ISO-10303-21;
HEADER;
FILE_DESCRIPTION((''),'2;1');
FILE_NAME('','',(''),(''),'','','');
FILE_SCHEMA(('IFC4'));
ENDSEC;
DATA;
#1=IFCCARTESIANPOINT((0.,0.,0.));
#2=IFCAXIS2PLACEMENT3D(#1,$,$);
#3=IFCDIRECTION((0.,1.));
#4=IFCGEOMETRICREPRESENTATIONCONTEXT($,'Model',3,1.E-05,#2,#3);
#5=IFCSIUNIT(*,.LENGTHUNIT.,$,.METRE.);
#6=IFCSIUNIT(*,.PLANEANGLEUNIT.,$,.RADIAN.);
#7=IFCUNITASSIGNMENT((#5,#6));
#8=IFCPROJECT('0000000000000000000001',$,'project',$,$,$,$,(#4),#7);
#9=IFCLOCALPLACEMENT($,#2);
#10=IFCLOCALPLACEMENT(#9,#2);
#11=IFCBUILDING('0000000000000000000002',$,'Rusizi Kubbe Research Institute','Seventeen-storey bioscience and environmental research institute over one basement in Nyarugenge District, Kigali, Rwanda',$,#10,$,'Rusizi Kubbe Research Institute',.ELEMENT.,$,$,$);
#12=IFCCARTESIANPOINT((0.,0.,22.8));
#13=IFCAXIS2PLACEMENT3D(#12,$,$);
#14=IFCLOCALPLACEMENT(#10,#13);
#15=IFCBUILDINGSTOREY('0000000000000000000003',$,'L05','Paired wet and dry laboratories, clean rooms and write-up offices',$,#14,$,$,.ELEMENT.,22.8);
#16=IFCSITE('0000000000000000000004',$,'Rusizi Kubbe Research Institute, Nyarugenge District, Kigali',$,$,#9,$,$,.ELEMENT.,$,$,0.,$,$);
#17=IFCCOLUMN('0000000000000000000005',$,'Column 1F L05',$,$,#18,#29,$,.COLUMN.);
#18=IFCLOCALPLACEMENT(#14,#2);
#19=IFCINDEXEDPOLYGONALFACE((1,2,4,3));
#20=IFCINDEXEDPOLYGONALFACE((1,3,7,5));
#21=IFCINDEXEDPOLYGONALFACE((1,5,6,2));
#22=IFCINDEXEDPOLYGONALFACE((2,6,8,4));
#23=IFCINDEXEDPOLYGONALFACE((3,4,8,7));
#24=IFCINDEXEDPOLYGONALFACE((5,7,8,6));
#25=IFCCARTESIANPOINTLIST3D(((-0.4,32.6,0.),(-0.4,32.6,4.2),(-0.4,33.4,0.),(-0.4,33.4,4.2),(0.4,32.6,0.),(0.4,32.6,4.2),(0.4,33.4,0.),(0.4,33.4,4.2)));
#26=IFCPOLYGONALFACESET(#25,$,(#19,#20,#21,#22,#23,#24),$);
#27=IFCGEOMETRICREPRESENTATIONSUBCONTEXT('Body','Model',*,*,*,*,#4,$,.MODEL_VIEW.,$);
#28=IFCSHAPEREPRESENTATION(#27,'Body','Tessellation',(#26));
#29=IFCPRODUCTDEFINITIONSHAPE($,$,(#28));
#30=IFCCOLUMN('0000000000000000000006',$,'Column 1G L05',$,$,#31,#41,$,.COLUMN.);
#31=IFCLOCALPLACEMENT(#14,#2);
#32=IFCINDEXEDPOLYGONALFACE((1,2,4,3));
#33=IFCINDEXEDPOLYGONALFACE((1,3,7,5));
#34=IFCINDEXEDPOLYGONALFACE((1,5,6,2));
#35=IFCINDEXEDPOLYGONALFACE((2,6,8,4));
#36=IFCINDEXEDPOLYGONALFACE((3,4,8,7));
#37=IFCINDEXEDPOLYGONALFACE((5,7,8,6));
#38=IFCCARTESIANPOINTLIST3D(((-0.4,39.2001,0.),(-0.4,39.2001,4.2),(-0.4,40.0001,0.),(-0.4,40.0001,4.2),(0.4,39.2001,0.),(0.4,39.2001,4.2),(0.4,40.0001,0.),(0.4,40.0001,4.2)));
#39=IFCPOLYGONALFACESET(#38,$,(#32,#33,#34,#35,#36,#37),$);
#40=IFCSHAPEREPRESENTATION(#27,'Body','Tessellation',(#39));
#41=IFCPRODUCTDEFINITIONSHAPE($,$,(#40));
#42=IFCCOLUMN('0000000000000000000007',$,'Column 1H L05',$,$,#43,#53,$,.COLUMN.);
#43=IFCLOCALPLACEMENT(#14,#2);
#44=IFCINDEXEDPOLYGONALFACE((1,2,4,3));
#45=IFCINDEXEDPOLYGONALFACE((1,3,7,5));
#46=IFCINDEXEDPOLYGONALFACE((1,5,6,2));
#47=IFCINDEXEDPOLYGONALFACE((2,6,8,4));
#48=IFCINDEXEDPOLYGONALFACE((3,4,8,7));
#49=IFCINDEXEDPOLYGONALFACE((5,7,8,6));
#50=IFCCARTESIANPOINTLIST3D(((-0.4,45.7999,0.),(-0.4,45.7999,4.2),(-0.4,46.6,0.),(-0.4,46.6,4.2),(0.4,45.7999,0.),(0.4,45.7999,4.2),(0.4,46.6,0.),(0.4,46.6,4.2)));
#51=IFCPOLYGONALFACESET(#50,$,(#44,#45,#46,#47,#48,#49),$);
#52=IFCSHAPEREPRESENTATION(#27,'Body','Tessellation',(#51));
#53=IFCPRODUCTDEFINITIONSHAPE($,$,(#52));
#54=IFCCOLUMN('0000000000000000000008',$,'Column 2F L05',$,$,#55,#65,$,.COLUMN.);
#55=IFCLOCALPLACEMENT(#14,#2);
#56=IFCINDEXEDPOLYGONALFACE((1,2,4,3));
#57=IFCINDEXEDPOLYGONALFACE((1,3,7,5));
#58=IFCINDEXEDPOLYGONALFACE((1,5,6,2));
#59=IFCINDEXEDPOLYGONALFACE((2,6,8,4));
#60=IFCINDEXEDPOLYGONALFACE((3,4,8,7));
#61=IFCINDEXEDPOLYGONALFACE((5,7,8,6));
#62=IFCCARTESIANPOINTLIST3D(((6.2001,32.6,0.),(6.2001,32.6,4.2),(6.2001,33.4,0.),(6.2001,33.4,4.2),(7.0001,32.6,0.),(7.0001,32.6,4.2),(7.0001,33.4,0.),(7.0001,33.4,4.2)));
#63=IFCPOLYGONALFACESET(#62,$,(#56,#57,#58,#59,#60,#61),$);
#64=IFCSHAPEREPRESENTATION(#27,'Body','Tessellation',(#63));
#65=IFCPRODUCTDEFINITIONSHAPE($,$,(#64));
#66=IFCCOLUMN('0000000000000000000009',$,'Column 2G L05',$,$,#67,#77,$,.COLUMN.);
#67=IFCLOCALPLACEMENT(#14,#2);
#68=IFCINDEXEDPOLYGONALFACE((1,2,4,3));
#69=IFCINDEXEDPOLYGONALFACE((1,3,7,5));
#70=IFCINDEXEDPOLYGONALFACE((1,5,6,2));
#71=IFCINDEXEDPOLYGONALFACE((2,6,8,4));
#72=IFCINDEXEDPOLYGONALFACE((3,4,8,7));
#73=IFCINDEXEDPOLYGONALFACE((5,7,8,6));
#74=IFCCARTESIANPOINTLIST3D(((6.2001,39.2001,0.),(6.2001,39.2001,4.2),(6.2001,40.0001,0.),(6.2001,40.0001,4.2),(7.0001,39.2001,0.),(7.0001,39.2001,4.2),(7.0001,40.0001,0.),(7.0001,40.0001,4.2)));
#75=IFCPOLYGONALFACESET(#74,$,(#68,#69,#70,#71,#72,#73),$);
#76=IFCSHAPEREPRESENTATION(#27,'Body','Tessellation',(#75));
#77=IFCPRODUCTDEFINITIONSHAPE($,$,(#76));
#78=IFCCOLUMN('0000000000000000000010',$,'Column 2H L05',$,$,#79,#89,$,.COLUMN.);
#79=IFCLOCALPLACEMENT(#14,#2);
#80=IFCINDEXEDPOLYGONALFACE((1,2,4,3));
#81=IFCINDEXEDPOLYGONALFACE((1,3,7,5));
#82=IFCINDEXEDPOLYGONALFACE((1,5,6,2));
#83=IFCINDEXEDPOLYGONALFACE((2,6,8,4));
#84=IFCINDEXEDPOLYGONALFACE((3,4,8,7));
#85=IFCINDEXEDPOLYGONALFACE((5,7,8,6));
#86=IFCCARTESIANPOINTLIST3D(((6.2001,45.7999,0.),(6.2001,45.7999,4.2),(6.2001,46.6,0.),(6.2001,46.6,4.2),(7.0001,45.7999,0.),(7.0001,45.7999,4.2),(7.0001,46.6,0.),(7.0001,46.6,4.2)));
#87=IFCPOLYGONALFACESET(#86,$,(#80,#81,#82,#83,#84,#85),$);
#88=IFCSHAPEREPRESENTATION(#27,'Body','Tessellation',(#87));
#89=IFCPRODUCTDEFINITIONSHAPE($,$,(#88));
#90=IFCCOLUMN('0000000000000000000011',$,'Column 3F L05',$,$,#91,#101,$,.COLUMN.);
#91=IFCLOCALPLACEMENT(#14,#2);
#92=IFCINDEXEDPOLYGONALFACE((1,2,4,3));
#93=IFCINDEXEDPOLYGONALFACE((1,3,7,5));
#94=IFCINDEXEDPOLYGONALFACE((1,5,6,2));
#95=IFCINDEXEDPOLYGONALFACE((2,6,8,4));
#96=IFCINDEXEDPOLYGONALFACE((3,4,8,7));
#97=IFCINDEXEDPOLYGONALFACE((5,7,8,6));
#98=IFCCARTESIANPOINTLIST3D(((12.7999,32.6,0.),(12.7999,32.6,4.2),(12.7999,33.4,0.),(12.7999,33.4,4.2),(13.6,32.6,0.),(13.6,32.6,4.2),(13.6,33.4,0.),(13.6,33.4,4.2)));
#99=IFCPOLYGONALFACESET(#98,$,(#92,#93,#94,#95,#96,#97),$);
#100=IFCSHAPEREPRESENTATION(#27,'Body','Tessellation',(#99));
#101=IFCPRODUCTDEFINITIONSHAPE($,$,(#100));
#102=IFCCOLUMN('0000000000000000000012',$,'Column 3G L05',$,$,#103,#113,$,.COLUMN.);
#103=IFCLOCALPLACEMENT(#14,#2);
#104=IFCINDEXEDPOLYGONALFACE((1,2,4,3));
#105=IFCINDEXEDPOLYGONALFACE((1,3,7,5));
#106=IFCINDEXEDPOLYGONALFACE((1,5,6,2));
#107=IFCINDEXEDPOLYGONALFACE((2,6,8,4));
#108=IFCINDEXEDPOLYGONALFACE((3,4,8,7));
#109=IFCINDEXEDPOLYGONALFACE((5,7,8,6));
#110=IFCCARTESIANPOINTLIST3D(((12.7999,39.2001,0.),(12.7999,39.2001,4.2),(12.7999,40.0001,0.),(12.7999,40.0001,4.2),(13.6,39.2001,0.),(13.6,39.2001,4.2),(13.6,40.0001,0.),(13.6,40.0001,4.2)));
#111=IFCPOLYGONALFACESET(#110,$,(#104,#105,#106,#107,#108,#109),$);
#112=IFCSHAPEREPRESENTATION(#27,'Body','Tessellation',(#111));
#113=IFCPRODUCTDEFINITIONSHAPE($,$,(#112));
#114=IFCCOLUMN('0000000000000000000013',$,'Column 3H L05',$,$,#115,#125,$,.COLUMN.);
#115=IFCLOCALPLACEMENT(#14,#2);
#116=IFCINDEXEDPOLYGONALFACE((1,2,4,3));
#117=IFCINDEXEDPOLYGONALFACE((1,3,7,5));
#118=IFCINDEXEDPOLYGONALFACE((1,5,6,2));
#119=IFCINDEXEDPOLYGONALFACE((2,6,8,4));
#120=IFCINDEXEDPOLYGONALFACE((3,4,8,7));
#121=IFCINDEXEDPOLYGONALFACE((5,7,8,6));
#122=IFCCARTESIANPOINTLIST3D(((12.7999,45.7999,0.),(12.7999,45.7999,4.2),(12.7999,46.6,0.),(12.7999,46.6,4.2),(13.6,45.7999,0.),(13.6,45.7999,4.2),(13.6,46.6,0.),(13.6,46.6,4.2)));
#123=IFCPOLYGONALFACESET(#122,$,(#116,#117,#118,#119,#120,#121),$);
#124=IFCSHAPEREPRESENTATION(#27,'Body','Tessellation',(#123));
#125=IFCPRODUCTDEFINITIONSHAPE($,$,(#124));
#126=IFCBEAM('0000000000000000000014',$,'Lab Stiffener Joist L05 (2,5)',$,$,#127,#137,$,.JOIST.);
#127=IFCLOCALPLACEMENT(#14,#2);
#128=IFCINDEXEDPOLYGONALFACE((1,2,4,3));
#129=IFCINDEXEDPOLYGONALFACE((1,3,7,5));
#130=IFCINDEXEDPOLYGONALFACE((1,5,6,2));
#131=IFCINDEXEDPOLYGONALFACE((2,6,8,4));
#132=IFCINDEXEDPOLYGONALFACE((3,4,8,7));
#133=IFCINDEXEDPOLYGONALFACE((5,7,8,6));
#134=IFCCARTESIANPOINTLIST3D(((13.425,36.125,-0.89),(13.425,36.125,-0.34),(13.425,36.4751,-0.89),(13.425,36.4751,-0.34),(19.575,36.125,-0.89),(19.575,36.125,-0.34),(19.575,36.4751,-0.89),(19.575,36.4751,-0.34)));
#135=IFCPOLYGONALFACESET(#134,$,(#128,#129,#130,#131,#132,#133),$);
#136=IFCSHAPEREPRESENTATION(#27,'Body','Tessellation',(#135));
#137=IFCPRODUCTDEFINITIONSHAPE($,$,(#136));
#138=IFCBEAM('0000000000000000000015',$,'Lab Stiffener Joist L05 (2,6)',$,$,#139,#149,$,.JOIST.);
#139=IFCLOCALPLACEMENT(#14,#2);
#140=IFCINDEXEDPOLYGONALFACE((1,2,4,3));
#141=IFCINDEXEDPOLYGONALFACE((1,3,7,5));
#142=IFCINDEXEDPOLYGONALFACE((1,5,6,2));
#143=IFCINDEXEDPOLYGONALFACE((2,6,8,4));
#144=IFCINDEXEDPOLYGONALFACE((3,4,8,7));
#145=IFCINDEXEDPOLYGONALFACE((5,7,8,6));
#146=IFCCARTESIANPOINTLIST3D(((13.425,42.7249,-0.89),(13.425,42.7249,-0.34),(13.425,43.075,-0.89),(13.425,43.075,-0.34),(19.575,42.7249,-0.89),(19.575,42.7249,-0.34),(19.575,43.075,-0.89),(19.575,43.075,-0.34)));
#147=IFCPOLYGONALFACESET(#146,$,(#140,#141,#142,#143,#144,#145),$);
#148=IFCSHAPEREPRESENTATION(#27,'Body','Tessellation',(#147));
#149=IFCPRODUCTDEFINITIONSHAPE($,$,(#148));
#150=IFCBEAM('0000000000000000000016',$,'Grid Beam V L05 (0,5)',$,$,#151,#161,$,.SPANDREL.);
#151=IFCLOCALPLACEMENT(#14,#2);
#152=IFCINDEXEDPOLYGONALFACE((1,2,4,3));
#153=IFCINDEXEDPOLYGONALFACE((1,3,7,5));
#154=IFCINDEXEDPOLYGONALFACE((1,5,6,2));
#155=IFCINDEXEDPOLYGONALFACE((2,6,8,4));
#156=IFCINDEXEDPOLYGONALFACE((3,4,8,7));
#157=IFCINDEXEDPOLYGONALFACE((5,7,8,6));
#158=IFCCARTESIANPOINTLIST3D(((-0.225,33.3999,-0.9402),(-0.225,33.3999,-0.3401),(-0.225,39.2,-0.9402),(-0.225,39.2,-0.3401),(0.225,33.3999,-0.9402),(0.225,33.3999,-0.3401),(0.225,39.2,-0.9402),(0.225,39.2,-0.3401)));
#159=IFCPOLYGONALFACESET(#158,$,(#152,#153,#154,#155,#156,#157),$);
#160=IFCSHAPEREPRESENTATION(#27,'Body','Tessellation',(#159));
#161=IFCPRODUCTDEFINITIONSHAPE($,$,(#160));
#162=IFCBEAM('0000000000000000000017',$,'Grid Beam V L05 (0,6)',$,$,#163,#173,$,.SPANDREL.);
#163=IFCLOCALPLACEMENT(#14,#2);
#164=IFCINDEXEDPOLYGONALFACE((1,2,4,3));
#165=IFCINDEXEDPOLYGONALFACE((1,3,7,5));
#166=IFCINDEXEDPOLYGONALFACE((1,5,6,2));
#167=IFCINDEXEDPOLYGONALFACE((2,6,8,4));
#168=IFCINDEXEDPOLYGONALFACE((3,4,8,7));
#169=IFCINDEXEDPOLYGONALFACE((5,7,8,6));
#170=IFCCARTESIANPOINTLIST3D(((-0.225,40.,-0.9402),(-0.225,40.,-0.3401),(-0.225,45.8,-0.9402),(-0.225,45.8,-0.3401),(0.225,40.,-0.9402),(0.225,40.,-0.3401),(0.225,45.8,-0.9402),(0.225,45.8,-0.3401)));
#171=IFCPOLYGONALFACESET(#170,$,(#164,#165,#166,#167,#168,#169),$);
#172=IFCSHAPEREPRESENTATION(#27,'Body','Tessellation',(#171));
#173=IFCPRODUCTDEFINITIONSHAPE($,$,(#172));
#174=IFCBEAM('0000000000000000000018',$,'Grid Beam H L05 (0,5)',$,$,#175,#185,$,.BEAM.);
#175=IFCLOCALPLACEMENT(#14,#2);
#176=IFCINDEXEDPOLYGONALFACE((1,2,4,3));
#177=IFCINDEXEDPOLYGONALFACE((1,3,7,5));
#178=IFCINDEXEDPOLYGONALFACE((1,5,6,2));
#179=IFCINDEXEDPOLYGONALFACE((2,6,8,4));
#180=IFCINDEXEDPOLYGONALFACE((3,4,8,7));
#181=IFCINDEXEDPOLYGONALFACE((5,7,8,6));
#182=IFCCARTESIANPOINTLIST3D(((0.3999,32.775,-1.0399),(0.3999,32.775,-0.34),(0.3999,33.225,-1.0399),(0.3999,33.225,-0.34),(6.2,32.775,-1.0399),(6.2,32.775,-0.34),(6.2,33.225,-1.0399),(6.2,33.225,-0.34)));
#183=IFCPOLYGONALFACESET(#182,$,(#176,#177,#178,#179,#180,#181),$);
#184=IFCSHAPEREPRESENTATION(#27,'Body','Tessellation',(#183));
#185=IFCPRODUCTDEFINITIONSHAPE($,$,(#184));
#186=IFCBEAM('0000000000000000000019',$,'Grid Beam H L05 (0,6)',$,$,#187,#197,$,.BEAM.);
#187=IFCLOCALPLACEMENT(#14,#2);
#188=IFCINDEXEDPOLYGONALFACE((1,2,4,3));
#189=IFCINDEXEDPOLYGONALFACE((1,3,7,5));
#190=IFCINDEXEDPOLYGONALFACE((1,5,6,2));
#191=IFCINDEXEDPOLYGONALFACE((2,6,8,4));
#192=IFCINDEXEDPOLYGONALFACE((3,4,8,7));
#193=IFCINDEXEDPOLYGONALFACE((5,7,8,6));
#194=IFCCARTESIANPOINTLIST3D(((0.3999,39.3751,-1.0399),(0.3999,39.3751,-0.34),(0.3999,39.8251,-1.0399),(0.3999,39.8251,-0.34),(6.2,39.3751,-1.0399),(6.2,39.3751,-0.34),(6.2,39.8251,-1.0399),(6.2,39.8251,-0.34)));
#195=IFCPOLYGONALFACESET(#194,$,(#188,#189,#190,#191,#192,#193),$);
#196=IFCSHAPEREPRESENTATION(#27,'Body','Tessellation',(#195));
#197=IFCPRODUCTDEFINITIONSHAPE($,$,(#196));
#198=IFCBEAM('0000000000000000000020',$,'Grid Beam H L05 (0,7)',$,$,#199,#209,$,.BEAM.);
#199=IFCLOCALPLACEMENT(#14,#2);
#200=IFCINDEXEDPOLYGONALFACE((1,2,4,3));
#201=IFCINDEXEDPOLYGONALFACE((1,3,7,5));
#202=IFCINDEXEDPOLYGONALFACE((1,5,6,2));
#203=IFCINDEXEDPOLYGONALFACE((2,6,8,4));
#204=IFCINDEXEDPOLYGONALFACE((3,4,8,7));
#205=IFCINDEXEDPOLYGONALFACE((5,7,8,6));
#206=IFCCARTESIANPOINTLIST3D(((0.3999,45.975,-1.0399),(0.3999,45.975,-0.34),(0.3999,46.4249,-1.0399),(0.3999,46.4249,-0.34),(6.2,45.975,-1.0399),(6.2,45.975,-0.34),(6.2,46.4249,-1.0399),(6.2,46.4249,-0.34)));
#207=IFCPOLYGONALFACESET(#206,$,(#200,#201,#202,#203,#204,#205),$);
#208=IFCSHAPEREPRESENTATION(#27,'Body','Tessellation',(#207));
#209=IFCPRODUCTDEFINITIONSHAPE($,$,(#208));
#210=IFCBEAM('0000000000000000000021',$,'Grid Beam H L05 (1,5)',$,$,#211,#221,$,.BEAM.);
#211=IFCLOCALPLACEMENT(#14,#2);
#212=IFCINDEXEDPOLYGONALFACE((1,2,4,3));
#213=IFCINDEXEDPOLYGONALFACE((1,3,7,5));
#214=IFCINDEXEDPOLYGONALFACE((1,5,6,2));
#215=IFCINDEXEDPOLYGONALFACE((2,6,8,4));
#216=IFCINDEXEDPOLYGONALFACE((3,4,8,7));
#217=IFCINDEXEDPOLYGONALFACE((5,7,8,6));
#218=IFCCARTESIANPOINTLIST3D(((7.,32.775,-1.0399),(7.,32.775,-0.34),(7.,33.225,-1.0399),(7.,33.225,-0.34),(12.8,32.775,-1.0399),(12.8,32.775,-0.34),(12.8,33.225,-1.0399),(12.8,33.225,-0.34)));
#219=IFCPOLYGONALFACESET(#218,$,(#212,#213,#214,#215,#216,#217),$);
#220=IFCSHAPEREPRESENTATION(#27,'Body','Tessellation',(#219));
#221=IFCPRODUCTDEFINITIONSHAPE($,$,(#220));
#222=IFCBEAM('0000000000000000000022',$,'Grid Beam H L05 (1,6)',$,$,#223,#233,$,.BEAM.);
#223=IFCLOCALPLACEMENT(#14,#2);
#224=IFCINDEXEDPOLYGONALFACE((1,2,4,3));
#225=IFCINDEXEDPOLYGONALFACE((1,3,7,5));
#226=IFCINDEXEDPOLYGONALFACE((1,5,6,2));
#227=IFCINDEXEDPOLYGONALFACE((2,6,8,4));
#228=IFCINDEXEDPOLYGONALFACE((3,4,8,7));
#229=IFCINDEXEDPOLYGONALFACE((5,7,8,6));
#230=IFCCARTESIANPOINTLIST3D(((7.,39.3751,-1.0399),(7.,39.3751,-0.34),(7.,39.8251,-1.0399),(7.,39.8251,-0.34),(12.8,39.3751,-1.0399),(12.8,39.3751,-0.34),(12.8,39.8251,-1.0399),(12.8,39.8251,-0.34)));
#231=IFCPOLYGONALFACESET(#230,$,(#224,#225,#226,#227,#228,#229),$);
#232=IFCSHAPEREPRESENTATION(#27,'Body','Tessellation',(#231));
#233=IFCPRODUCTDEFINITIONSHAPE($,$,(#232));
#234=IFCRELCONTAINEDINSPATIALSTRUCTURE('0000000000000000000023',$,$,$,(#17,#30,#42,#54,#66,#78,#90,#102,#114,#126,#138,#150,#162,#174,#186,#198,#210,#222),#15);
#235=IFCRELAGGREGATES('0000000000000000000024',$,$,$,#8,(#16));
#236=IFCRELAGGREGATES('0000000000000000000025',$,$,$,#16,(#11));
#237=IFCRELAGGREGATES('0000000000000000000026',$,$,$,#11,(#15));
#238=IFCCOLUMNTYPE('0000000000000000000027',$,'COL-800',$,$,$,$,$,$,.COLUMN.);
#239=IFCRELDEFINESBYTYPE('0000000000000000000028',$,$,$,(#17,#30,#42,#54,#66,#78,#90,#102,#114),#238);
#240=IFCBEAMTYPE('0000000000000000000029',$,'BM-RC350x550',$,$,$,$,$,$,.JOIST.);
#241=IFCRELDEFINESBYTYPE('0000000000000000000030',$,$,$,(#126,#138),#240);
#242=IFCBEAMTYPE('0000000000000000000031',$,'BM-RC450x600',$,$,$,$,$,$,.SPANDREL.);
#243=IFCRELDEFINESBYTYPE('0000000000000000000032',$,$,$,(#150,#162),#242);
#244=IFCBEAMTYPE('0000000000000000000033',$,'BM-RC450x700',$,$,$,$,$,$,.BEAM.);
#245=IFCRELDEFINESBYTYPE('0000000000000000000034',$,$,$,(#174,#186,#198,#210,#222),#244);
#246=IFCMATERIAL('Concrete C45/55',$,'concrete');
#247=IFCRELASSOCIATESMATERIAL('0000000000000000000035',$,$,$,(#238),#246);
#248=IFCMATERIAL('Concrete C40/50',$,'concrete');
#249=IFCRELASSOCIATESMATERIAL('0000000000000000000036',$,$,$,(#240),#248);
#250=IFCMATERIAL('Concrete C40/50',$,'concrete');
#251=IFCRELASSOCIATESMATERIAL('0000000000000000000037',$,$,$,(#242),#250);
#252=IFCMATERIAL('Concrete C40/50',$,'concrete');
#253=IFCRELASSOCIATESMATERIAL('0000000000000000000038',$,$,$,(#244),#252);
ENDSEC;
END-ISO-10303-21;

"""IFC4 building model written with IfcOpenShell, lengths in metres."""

from ifc_helpers import new_model, si_unit, direction, frame, origin, origin_2d, place, context, subcontext, project, spatial, rectangle, extrude, material, material_profile, profile_set, type_object, element, save


model = new_model("IFC4")

# Units and contexts
model_context = context("Model", 3, precision=1e-05, world=origin(), true_north=direction((0.0, 1.0)))
body_context = subcontext(model_context, "Body", "Model", "MODEL_VIEW")
ifc_project = project(units=[si_unit("LENGTHUNIT", "METRE"), si_unit("PLANEANGLEUNIT", "RADIAN")], contexts=[model_context])

# Site, building, storey
site_placement = place(None, origin())
site = spatial("IfcSite", under=ifc_project, at=site_placement, Name="Rusizi Kubbe Research Institute, Nyarugenge District, Kigali", CompositionType="ELEMENT", RefElevation=0.0)
building_placement = place(site_placement, origin())
building = spatial("IfcBuilding", under=site, at=building_placement, Name="Rusizi Kubbe Research Institute", Description="Seventeen-storey bioscience and environmental research institute over one basement in Nyarugenge District, Kigali, Rwanda", LongName="Rusizi Kubbe Research Institute", CompositionType="ELEMENT")
storey_placement = place(building_placement, frame((0.0, 0.0, 22.8)))
storey = spatial("IfcBuildingStorey", under=building, at=storey_placement, Name="L05", Description="Paired wet and dry laboratories, clean rooms and write-up offices", CompositionType="ELEMENT", Elevation=22.8)

# Columns
ifc_material_1 = material(Name="Concrete C45/55", Category="concrete")
ifc_material_profile_1 = material_profile(ifc_material_1, rectangle(XDim=0.8, YDim=0.8, at=origin_2d()), Name="RC800x800")
ifc_profile_set_1 = profile_set([ifc_material_profile_1], Name="Concrete C45/55")
column_type = type_object("IfcColumnType", Name="COL-800", PredefinedType="COLUMN", material=ifc_profile_set_1)
for number, where, z_axis, x_axis, name in (
    (1, (0.0, 33.0, 0.0), (0.0, 0.0, 1.0), (1.0, 0.0, 0.0), "Column 1F L05"),
    (2, (0.0, 39.6001, 0.0), (0.0, 0.0, 1.0), (1.0, 0.0, 0.0), "Column 1G L05"),
    (3, (0.0, 46.2, 0.0), (0.0, 0.0, 1.0), (1.0, 0.0, 0.0), "Column 1H L05"),
    (4, (6.6001, 33.0, 0.0), (0.0, 0.0, 1.0), (1.0, 0.0, 0.0), "Column 2F L05"),
    (5, (6.6001, 39.6001, 0.0), (0.0, 0.0, 1.0), (1.0, 0.0, 0.0), "Column 2G L05"),
    (6, (6.6001, 46.2, 0.0), (0.0, 0.0, 1.0), (1.0, 0.0, 0.0), "Column 2H L05"),
    (7, (13.2, 33.0, 0.0), (0.0, 0.0, 1.0), (1.0, 0.0, 0.0), "Column 3F L05"),
    (8, (13.2, 39.6001, 0.0), (0.0, 0.0, 1.0), (1.0, 0.0, 0.0), "Column 3G L05"),
    (9, (13.2, 46.2, 0.0), (0.0, 0.0, 1.0), (1.0, 0.0, 0.0), "Column 3H L05"),
):
    element("IfcColumn", number, at=place(storey_placement, frame(where, z_axis=z_axis, x_axis=x_axis)), inside=storey, type_object=column_type, Name=name, PredefinedType="COLUMN", context=body_context, shape_type="SweptSolid", body=[
        extrude(rectangle(XDim=0.8, YDim=0.8, at=origin_2d()), origin(), (0.0, 0.0, 1.0), 4.2),
    ])

# Beams
ifc_material_2 = material(Name="Concrete C40/50", Category="concrete")
ifc_material_profile_2 = material_profile(ifc_material_2, rectangle(XDim=0.3501, YDim=0.55, at=origin_2d()), Name="RC350x550")
ifc_profile_set_2 = profile_set([ifc_material_profile_2], Name="Concrete C40/50")
beam_type_1 = type_object("IfcBeamType", Name="BM-RC350x550", PredefinedType="JOIST", material=ifc_profile_set_2)
for number, where, z_axis, x_axis, name in (
    (10, (13.425, 36.3, -0.615), (1.0, 0.0, 0.0), (0.0, 1.0, 0.0), "Lab Stiffener Joist L05 (2,5)"),
    (11, (13.425, 42.8999, -0.615), (1.0, 0.0, 0.0), (0.0, 1.0, 0.0), "Lab Stiffener Joist L05 (2,6)"),
):
    element("IfcBeam", number, at=place(storey_placement, frame(where, z_axis=z_axis, x_axis=x_axis)), inside=storey, type_object=beam_type_1, Name=name, PredefinedType="JOIST", context=body_context, shape_type="SweptSolid", body=[
        extrude(rectangle(XDim=0.3501, YDim=0.55, at=origin_2d()), origin(), (0.0, 0.0, 1.0), 6.1499),
    ])
ifc_material_3 = material(Name="Concrete C40/50", Category="concrete")
ifc_material_profile_3 = material_profile(ifc_material_3, rectangle(XDim=0.45, YDim=0.6001, at=origin_2d()), Name="RC450x600")
ifc_profile_set_3 = profile_set([ifc_material_profile_3], Name="Concrete C40/50")
beam_type_2 = type_object("IfcBeamType", Name="BM-RC450x600", PredefinedType="SPANDREL", material=ifc_profile_set_3)
for number, where, z_axis, x_axis, name in (
    (12, (0.0, 33.3999, -0.6401), (0.0, 1.0, 0.0), (-1.0, 0.0, 0.0), "Grid Beam V L05 (0,5)"),
    (13, (0.0, 40.0, -0.6401), (0.0, 1.0, 0.0), (-1.0, 0.0, 0.0), "Grid Beam V L05 (0,6)"),
):
    element("IfcBeam", number, at=place(storey_placement, frame(where, z_axis=z_axis, x_axis=x_axis)), inside=storey, type_object=beam_type_2, Name=name, PredefinedType="SPANDREL", context=body_context, shape_type="SweptSolid", body=[
        extrude(rectangle(XDim=0.45, YDim=0.6001, at=origin_2d()), origin(), (0.0, 0.0, 1.0), 5.8),
    ])
ifc_material_4 = material(Name="Concrete C40/50", Category="concrete")
ifc_material_profile_4 = material_profile(ifc_material_4, rectangle(XDim=0.45, YDim=0.7, at=origin_2d()), Name="RC450x700B")
ifc_profile_set_4 = profile_set([ifc_material_profile_4], Name="Concrete C40/50")
beam_type_3 = type_object("IfcBeamType", Name="BM-RC450x700", PredefinedType="BEAM", material=ifc_profile_set_4)
for number, where, z_axis, x_axis, name in (
    (14, (0.3999, 33.0, -0.6899), (1.0, 0.0, 0.0), (0.0, 1.0, 0.0), "Grid Beam H L05 (0,5)"),
    (15, (0.3999, 39.6001, -0.6899), (1.0, 0.0, 0.0), (0.0, 1.0, 0.0), "Grid Beam H L05 (0,6)"),
    (16, (0.3999, 46.2, -0.6899), (1.0, 0.0, 0.0), (0.0, 1.0, 0.0), "Grid Beam H L05 (0,7)"),
    (17, (7.0, 33.0, -0.6899), (1.0, 0.0, 0.0), (0.0, 1.0, 0.0), "Grid Beam H L05 (1,5)"),
    (18, (7.0, 39.6001, -0.6899), (1.0, 0.0, 0.0), (0.0, 1.0, 0.0), "Grid Beam H L05 (1,6)"),
):
    element("IfcBeam", number, at=place(storey_placement, frame(where, z_axis=z_axis, x_axis=x_axis)), inside=storey, type_object=beam_type_3, Name=name, PredefinedType="BEAM", context=body_context, shape_type="SweptSolid", body=[
        extrude(rectangle(XDim=0.45, YDim=0.7, at=origin_2d()), origin(), (0.0, 0.0, 1.0), 5.8),
    ])

save(model, "model.ifc")
